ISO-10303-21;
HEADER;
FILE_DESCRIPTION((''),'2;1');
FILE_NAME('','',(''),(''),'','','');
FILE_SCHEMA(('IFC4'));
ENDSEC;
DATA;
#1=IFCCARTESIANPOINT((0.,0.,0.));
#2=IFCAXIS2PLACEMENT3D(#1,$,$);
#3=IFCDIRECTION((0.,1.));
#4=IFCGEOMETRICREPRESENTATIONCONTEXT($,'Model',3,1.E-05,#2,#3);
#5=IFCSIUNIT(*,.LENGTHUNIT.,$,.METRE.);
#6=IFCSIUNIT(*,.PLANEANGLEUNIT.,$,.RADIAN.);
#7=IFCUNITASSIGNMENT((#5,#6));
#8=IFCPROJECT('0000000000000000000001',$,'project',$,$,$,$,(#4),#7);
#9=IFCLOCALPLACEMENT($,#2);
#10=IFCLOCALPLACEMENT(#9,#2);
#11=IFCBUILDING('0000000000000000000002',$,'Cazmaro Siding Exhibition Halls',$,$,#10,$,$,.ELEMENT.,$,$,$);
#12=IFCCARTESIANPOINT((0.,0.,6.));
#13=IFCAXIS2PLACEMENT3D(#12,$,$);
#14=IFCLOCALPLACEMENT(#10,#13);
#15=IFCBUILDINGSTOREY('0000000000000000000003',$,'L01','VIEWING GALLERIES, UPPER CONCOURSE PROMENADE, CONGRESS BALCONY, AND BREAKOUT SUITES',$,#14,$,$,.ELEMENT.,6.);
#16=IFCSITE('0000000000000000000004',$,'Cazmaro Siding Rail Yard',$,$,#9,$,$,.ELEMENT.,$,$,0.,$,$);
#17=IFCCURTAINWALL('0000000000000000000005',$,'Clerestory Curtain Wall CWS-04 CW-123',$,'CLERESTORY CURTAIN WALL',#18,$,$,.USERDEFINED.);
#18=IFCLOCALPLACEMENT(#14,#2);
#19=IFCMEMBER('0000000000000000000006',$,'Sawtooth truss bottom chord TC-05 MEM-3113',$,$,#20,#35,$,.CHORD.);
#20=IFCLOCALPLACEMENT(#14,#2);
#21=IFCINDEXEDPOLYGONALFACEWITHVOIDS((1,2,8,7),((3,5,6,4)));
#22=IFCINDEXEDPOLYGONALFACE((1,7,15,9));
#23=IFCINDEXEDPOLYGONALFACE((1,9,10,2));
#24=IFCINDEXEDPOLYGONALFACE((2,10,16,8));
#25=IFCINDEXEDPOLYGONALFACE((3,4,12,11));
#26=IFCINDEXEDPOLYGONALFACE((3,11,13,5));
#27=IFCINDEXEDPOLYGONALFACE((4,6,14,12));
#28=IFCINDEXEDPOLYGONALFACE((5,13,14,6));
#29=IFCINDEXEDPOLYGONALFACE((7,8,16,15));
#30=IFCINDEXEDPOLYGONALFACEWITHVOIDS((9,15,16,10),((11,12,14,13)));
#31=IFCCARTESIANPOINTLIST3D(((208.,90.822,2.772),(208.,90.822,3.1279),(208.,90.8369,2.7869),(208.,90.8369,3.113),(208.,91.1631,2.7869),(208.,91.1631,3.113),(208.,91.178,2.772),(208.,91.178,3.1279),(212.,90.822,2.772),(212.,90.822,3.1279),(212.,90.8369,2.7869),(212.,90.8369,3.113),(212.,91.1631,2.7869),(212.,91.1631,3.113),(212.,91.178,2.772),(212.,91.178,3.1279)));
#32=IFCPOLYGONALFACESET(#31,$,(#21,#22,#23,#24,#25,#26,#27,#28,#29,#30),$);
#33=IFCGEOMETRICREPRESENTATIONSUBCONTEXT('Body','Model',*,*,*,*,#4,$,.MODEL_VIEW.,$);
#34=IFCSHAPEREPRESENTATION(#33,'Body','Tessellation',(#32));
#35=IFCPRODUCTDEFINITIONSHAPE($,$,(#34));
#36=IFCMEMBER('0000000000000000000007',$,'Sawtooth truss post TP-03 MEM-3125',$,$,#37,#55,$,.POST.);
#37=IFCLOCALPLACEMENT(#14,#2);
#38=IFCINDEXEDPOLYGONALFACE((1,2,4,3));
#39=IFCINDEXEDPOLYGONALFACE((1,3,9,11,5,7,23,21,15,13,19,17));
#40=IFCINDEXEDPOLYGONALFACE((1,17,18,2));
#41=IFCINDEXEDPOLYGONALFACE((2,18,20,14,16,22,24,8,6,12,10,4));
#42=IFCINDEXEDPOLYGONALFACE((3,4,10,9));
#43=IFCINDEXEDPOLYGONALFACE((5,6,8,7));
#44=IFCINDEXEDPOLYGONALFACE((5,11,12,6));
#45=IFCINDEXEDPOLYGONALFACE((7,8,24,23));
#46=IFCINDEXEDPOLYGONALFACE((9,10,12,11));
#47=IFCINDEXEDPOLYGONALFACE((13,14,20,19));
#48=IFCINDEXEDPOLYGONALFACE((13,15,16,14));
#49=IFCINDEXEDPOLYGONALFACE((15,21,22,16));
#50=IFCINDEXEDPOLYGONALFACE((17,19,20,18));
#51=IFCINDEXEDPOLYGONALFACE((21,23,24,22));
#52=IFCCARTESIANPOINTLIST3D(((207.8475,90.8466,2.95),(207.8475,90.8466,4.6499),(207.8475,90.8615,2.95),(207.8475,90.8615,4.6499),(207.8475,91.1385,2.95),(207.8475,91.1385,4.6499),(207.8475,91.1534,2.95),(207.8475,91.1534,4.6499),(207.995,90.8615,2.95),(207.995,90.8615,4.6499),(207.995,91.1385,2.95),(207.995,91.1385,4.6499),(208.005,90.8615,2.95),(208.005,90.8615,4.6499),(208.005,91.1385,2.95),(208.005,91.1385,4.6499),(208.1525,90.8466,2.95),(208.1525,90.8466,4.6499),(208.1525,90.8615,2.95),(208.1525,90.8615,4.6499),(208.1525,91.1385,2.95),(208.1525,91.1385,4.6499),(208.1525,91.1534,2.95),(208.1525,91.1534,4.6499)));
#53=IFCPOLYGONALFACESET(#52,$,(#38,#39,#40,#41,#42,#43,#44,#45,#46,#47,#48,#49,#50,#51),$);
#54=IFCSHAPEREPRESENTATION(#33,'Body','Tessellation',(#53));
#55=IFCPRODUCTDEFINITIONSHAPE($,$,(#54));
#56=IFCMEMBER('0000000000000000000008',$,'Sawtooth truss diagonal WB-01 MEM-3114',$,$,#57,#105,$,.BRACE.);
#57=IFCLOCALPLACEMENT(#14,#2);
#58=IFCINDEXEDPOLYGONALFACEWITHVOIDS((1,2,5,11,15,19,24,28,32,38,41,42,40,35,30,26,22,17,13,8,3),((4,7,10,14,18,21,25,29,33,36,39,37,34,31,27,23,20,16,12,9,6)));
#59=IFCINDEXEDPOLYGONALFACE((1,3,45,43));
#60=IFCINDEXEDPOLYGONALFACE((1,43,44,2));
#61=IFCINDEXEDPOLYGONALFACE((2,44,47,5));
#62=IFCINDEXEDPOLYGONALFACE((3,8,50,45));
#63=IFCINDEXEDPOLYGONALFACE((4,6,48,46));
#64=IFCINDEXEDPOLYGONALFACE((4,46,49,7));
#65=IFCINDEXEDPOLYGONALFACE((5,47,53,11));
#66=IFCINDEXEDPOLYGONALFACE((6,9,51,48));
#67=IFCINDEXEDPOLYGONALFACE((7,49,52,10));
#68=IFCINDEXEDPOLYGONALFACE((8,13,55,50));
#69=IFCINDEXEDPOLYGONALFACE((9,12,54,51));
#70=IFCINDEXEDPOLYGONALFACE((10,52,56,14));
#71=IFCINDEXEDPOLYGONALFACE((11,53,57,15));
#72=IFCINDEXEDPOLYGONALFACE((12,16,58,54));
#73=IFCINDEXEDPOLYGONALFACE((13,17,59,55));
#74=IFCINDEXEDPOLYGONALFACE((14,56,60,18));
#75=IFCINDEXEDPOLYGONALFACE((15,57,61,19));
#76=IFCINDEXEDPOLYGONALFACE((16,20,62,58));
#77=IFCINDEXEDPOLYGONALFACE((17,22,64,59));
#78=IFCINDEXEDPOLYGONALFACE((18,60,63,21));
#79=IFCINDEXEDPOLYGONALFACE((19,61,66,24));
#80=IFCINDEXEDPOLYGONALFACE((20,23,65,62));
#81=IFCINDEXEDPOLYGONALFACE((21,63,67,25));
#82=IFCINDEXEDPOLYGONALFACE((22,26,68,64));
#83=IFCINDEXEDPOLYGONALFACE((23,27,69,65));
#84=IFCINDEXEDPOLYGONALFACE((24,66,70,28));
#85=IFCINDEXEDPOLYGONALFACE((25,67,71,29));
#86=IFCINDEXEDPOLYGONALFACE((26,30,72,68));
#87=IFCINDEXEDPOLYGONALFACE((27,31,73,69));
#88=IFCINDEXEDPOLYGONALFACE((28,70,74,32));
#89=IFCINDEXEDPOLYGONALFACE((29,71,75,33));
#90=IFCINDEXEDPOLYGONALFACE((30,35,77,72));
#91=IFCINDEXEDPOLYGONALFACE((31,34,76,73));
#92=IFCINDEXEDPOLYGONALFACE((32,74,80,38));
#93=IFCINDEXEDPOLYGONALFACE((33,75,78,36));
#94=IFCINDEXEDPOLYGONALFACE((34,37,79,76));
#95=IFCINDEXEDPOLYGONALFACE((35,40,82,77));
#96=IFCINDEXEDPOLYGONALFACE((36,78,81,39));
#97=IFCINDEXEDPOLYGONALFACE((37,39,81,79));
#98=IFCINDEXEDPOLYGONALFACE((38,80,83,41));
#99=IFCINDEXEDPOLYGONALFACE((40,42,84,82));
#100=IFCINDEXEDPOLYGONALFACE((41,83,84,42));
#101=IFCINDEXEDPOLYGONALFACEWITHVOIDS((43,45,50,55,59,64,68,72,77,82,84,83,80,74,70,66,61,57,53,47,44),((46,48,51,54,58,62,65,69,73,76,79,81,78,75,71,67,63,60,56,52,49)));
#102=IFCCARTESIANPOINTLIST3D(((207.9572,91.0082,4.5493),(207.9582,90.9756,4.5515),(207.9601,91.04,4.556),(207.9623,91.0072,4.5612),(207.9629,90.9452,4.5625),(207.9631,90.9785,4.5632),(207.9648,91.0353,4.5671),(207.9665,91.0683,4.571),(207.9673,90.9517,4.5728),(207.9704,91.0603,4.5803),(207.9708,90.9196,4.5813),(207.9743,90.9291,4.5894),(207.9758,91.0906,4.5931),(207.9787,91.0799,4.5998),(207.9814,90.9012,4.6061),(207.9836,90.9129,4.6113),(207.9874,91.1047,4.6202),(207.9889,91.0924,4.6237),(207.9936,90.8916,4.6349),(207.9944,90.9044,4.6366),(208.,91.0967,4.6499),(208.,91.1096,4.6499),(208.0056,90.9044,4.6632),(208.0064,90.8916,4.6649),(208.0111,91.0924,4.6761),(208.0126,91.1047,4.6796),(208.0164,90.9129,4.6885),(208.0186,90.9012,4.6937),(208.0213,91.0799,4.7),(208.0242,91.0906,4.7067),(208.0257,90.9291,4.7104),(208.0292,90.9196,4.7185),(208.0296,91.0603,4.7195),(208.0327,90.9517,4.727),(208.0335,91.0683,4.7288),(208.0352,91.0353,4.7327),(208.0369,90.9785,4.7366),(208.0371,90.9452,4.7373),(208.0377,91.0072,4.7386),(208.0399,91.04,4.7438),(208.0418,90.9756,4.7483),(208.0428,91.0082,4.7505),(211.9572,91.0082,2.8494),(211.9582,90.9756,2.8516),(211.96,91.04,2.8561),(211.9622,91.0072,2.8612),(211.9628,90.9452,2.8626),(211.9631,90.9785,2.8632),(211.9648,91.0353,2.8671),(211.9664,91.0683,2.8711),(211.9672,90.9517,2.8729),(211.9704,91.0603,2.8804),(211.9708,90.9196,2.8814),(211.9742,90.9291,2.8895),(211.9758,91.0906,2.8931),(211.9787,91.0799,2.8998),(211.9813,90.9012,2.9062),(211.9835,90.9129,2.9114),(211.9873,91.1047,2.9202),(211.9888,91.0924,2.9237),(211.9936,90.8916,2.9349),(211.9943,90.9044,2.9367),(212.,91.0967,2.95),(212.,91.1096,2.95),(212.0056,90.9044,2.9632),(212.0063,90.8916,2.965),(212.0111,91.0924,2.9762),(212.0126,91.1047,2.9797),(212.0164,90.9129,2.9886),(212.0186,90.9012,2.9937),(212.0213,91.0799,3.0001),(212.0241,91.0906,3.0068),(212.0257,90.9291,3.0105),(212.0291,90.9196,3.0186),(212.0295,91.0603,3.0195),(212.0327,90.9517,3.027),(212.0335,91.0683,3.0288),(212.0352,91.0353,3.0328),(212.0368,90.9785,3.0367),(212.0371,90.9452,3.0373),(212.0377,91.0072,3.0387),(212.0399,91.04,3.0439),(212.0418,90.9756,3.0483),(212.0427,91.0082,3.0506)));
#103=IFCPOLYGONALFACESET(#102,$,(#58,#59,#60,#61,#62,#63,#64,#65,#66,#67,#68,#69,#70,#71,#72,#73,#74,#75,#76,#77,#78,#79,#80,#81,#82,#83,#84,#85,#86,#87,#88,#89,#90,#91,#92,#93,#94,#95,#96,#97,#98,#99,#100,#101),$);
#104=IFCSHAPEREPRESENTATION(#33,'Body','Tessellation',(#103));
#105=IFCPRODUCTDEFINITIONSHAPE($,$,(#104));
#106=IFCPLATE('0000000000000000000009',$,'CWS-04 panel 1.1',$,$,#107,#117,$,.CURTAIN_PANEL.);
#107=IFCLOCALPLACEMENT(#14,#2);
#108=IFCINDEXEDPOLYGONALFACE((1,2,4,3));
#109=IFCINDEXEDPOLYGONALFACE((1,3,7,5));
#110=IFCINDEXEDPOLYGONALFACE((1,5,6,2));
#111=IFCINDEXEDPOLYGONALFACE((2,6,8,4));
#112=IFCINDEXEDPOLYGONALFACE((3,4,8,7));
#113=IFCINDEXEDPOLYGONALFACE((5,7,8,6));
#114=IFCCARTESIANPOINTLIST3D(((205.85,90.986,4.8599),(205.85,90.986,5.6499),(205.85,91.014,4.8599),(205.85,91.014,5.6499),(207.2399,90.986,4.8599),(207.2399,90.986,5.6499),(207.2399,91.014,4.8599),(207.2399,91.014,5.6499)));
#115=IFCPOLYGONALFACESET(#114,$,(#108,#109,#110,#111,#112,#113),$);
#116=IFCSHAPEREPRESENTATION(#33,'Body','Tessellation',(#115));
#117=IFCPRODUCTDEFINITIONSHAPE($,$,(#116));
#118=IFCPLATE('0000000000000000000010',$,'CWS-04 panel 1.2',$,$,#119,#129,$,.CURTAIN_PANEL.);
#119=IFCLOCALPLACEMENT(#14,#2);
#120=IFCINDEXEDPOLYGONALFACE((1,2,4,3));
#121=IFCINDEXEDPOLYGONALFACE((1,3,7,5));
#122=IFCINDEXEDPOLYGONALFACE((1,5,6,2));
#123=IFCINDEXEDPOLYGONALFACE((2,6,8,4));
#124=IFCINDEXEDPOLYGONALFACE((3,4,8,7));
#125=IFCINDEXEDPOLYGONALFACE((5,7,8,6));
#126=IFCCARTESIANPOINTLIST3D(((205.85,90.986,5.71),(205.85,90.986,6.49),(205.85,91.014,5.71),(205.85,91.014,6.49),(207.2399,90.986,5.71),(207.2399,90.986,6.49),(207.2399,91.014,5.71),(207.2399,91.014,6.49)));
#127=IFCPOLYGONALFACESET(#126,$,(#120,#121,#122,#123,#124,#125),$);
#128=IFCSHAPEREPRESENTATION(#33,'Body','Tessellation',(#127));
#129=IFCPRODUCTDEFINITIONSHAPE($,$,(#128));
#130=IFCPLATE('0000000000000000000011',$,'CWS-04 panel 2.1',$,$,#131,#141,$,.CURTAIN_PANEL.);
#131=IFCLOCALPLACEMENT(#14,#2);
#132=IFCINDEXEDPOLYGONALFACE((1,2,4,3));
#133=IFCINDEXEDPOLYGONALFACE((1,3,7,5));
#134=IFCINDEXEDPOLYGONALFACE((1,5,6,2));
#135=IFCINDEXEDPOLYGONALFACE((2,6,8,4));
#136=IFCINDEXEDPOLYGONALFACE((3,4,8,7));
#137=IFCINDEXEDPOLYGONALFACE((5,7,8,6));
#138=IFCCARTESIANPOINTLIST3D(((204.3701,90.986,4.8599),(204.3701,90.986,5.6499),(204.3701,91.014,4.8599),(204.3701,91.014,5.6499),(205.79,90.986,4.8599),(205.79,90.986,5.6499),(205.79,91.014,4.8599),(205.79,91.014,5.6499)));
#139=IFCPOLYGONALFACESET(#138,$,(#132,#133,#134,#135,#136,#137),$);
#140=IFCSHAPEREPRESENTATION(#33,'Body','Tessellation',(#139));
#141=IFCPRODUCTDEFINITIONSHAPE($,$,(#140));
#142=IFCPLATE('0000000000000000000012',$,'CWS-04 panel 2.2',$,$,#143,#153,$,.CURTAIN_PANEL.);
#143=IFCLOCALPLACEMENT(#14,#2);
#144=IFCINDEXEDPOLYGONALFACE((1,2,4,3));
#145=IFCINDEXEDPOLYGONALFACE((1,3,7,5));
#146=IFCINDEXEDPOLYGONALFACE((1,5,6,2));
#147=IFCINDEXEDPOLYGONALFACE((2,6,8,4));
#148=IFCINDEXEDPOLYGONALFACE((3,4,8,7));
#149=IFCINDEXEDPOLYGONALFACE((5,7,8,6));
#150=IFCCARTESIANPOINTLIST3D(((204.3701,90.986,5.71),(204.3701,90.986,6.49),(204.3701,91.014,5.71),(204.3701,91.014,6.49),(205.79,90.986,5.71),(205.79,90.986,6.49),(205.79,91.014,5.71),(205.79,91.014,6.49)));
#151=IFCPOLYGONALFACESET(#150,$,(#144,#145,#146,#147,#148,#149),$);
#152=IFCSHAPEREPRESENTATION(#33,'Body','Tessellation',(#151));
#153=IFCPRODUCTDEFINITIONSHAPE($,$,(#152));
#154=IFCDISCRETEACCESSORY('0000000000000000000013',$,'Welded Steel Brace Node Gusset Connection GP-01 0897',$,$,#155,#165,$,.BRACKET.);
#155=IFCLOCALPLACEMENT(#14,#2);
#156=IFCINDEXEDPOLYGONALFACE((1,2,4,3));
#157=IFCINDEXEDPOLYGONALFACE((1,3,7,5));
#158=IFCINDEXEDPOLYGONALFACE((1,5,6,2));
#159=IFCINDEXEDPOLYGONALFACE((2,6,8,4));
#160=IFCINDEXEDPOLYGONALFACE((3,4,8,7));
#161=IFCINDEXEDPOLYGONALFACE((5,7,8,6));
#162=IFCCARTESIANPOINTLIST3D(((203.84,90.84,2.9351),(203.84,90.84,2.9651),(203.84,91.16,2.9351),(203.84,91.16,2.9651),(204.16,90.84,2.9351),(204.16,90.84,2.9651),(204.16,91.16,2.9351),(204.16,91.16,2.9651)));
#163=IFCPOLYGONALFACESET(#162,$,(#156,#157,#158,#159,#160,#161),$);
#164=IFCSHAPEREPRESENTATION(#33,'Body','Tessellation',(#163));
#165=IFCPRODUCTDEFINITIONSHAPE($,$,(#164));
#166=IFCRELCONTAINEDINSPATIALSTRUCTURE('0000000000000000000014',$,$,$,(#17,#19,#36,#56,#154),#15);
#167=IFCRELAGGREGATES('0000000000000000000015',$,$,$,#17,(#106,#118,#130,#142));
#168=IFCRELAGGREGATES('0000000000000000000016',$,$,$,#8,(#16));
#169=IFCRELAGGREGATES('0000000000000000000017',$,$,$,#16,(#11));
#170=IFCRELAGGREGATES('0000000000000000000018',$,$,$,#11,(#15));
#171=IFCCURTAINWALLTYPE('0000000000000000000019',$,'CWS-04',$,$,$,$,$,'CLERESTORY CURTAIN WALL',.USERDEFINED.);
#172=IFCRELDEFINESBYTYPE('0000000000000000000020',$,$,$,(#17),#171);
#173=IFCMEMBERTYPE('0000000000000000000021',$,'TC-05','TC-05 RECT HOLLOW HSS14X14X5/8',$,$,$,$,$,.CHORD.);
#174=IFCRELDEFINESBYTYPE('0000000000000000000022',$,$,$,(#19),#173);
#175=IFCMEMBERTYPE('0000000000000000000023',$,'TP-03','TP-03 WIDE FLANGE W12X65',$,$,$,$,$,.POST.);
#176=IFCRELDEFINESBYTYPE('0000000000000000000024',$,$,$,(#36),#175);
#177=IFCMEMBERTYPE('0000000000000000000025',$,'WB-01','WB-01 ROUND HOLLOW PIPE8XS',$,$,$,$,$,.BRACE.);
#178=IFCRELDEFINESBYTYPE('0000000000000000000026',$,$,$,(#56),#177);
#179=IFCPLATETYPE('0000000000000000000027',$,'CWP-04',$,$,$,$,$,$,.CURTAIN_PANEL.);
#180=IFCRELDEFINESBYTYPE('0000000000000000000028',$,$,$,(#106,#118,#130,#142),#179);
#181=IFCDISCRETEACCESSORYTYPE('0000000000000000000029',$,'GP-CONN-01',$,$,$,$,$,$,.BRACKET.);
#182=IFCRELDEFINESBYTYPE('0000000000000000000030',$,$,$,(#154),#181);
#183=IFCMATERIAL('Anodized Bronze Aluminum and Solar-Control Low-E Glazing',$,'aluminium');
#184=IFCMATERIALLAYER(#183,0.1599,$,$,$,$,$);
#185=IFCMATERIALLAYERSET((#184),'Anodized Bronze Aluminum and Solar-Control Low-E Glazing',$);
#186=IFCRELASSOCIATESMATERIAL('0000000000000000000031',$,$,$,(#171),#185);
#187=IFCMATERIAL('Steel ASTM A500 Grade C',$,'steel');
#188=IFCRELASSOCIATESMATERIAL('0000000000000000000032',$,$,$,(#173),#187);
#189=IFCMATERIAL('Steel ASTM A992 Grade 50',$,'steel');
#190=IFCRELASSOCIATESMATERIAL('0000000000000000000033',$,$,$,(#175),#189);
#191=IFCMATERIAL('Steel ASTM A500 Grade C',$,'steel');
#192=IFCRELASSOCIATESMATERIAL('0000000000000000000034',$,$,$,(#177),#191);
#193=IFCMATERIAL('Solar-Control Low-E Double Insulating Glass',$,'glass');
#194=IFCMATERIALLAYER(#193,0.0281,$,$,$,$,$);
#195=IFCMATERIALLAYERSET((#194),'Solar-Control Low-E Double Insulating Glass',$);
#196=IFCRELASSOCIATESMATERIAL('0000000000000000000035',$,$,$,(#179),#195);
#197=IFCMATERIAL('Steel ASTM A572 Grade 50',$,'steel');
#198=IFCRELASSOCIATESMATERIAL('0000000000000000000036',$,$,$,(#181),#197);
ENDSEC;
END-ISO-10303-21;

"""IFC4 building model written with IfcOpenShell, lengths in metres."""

from ifc_helpers import new_model, si_unit, direction, frame, origin, origin_2d, place, context, subcontext, project, spatial, rectangle, hollow_rectangle, hollow_circle, i_section, extrude, material, layer, layer_set, material_profile, profile_set, type_object, element, aggregate, save


model = new_model("IFC4")

# Units and contexts
model_context = context("Model", 3, precision=1e-05, world=origin(), true_north=direction((0.0, 1.0)))
body_context = subcontext(model_context, "Body", "Model", "MODEL_VIEW")
ifc_project = project(units=[si_unit("LENGTHUNIT", "METRE"), si_unit("PLANEANGLEUNIT", "RADIAN")], contexts=[model_context])

# Site, building, storey
site_placement = place(None, origin())
site = spatial("IfcSite", under=ifc_project, at=site_placement, Name="Cazmaro Siding Rail Yard", CompositionType="ELEMENT", RefElevation=0.0)
building_placement = place(site_placement, origin())
building = spatial("IfcBuilding", under=site, at=building_placement, Name="Cazmaro Siding Exhibition Halls", CompositionType="ELEMENT")
storey_placement = place(building_placement, frame((0.0, 0.0, 6.0)))
storey = spatial("IfcBuildingStorey", under=building, at=storey_placement, Name="L01", Description="VIEWING GALLERIES, UPPER CONCOURSE PROMENADE, CONGRESS BALCONY, AND BREAKOUT SUITES", CompositionType="ELEMENT", Elevation=6.0)

# Curtain wall
ifc_material_1 = material(Name="Anodized Bronze Aluminum and Solar-Control Low-E Glazing", Category="aluminium")
ifc_layer_1 = layer(ifc_material_1, 0.1599)
ifc_layer_set_1 = layer_set([ifc_layer_1], Name="Anodized Bronze Aluminum and Solar-Control Low-E Glazing")
curtain_wall_type = type_object("IfcCurtainWallType", Name="CWS-04", ElementType="CLERESTORY CURTAIN WALL", PredefinedType="USERDEFINED", material=ifc_layer_set_1)
curtain_wall_1_placement = place(storey_placement, origin())
curtain_wall_1 = element("IfcCurtainWall", 1, at=curtain_wall_1_placement, inside=storey, type_object=curtain_wall_type, Name="Clerestory Curtain Wall CWS-04 CW-123", ObjectType="CLERESTORY CURTAIN WALL", PredefinedType="USERDEFINED")

# Members
ifc_material_2 = material(Name="Steel ASTM A500 Grade C", Category="steel")
ifc_material_profile_1 = material_profile(ifc_material_2, hollow_rectangle(XDim=0.356, YDim=0.356, WallThickness=0.0149, at=origin_2d()), Name="HSS14X14X5/8")
ifc_profile_set_1 = profile_set([ifc_material_profile_1], Name="Steel ASTM A500 Grade C")
member_type_1 = type_object("IfcMemberType", Name="TC-05", Description="TC-05 RECT HOLLOW HSS14X14X5/8", PredefinedType="CHORD", material=ifc_profile_set_1)
member_1_placement = place(storey_placement, frame((208.0, 91.0, 2.95), z_axis=(1.0, 0.0, 0.0), x_axis=(0.0, 1.0, 0.0)))
element("IfcMember", 2, at=member_1_placement, inside=storey, type_object=member_type_1, Name="Sawtooth truss bottom chord TC-05 MEM-3113", PredefinedType="CHORD", context=body_context, shape_type="SweptSolid", body=[
    extrude(hollow_rectangle(XDim=0.356, YDim=0.356, WallThickness=0.0149, at=origin_2d()), origin(), (0.0, 0.0, 1.0), 4.0),
])
ifc_material_3 = material(Name="Steel ASTM A992 Grade 50", Category="steel")
ifc_material_profile_2 = material_profile(ifc_material_3, i_section(OverallWidth=0.3049, OverallDepth=0.3069, WebThickness=0.01, FlangeThickness=0.0149, at=origin_2d()), Name="W12X65")
ifc_profile_set_2 = profile_set([ifc_material_profile_2], Name="Steel ASTM A992 Grade 50")
member_type_2 = type_object("IfcMemberType", Name="TP-03", Description="TP-03 WIDE FLANGE W12X65", PredefinedType="POST", material=ifc_profile_set_2)
member_2_placement = place(storey_placement, frame((208.0, 91.0, 2.95), z_axis=(0.0, 0.0, 1.0), x_axis=(1.0, 0.0, 0.0)))
element("IfcMember", 3, at=member_2_placement, inside=storey, type_object=member_type_2, Name="Sawtooth truss post TP-03 MEM-3125", PredefinedType="POST", context=body_context, shape_type="SweptSolid", body=[
    extrude(i_section(OverallWidth=0.3049, OverallDepth=0.3069, WebThickness=0.01, FlangeThickness=0.0149, at=origin_2d()), origin(), (0.0, 0.0, 1.0), 1.7),
])
ifc_material_4 = material(Name="Steel ASTM A500 Grade C", Category="steel")
ifc_material_profile_3 = material_profile(ifc_material_4, hollow_circle(Radius=0.1096, WallThickness=0.0129, at=origin_2d()), Name="PIPE8XS")
ifc_profile_set_3 = profile_set([ifc_material_profile_3], Name="Steel ASTM A500 Grade C")
member_type_3 = type_object("IfcMemberType", Name="WB-01", Description="WB-01 ROUND HOLLOW PIPE8XS", PredefinedType="BRACE", material=ifc_profile_set_3)
member_3_placement = place(storey_placement, frame((208.0, 91.0, 4.6499), z_axis=(0.920335, 0.0, -0.391131), x_axis=(0.0, 1.0, 0.0)))
element("IfcMember", 4, at=member_3_placement, inside=storey, type_object=member_type_3, Name="Sawtooth truss diagonal WB-01 MEM-3114", PredefinedType="BRACE", context=body_context, shape_type="SweptSolid", body=[
    extrude(hollow_circle(Radius=0.1096, WallThickness=0.0129, at=origin_2d()), origin(), (0.0, 0.0, 1.0), 4.3462),
])

# Plates
ifc_material_5 = material(Name="Solar-Control Low-E Double Insulating Glass", Category="glass")
ifc_layer_2 = layer(ifc_material_5, 0.0281)
ifc_layer_set_2 = layer_set([ifc_layer_2], Name="Solar-Control Low-E Double Insulating Glass")
plate_type = type_object("IfcPlateType", Name="CWP-04", PredefinedType="CURTAIN_PANEL", material=ifc_layer_set_2)
plate_1_placement = place(storey_placement, frame((206.5449, 91.0, 4.8599), z_axis=(0.0, 0.0, 1.0), x_axis=(-1.0, 0.0, 0.0)))
plate_1 = element("IfcPlate", 5, at=plate_1_placement, type_object=plate_type, Name="CWS-04 panel 1.1", PredefinedType="CURTAIN_PANEL", context=body_context, shape_type="SweptSolid", body=[
    extrude(rectangle(XDim=1.3899, YDim=0.0281, at=origin_2d()), origin(), (0.0, 0.0, 1.0), 0.79),
])
plate_2_placement = place(storey_placement, frame((206.5449, 91.0, 5.71), z_axis=(0.0, 0.0, 1.0), x_axis=(-1.0, 0.0, 0.0)))
plate_2 = element("IfcPlate", 6, at=plate_2_placement, type_object=plate_type, Name="CWS-04 panel 1.2", PredefinedType="CURTAIN_PANEL", context=body_context, shape_type="SweptSolid", body=[
    extrude(rectangle(XDim=1.3899, YDim=0.0281, at=origin_2d()), origin(), (0.0, 0.0, 1.0), 0.78),
])
plate_3_placement = place(storey_placement, frame((205.0801, 91.0, 4.8599), z_axis=(0.0, 0.0, 1.0), x_axis=(-1.0, 0.0, 0.0)))
plate_3 = element("IfcPlate", 7, at=plate_3_placement, type_object=plate_type, Name="CWS-04 panel 2.1", PredefinedType="CURTAIN_PANEL", context=body_context, shape_type="SweptSolid", body=[
    extrude(rectangle(XDim=1.4199, YDim=0.0281, at=origin_2d()), origin(), (0.0, 0.0, 1.0), 0.79),
])
plate_4_placement = place(storey_placement, frame((205.0801, 91.0, 5.71), z_axis=(0.0, 0.0, 1.0), x_axis=(-1.0, 0.0, 0.0)))
plate_4 = element("IfcPlate", 8, at=plate_4_placement, type_object=plate_type, Name="CWS-04 panel 2.2", PredefinedType="CURTAIN_PANEL", context=body_context, shape_type="SweptSolid", body=[
    extrude(rectangle(XDim=1.4199, YDim=0.0281, at=origin_2d()), origin(), (0.0, 0.0, 1.0), 0.78),
])
aggregate(curtain_wall_1, [plate_1, plate_2, plate_3, plate_4])

# Discrete accessory
ifc_material_6 = material(Name="Steel ASTM A572 Grade 50", Category="steel")
discrete_accessory_type = type_object("IfcDiscreteAccessoryType", Name="GP-CONN-01", PredefinedType="BRACKET", material=ifc_material_6)
discrete_accessory_placement = place(storey_placement, frame((204.0, 91.0, 2.9351), z_axis=(0.0, 0.0, 1.0), x_axis=(1.0, 0.0, 0.0)))
element("IfcDiscreteAccessory", 9, at=discrete_accessory_placement, inside=storey, type_object=discrete_accessory_type, Name="Welded Steel Brace Node Gusset Connection GP-01 0897", PredefinedType="BRACKET", context=body_context, shape_type="SweptSolid", body=[
    extrude(rectangle(XDim=0.3201, YDim=0.3201, at=origin_2d()), origin(), (0.0, 0.0, 1.0), 0.03),
])

save(model, "model.ifc")
